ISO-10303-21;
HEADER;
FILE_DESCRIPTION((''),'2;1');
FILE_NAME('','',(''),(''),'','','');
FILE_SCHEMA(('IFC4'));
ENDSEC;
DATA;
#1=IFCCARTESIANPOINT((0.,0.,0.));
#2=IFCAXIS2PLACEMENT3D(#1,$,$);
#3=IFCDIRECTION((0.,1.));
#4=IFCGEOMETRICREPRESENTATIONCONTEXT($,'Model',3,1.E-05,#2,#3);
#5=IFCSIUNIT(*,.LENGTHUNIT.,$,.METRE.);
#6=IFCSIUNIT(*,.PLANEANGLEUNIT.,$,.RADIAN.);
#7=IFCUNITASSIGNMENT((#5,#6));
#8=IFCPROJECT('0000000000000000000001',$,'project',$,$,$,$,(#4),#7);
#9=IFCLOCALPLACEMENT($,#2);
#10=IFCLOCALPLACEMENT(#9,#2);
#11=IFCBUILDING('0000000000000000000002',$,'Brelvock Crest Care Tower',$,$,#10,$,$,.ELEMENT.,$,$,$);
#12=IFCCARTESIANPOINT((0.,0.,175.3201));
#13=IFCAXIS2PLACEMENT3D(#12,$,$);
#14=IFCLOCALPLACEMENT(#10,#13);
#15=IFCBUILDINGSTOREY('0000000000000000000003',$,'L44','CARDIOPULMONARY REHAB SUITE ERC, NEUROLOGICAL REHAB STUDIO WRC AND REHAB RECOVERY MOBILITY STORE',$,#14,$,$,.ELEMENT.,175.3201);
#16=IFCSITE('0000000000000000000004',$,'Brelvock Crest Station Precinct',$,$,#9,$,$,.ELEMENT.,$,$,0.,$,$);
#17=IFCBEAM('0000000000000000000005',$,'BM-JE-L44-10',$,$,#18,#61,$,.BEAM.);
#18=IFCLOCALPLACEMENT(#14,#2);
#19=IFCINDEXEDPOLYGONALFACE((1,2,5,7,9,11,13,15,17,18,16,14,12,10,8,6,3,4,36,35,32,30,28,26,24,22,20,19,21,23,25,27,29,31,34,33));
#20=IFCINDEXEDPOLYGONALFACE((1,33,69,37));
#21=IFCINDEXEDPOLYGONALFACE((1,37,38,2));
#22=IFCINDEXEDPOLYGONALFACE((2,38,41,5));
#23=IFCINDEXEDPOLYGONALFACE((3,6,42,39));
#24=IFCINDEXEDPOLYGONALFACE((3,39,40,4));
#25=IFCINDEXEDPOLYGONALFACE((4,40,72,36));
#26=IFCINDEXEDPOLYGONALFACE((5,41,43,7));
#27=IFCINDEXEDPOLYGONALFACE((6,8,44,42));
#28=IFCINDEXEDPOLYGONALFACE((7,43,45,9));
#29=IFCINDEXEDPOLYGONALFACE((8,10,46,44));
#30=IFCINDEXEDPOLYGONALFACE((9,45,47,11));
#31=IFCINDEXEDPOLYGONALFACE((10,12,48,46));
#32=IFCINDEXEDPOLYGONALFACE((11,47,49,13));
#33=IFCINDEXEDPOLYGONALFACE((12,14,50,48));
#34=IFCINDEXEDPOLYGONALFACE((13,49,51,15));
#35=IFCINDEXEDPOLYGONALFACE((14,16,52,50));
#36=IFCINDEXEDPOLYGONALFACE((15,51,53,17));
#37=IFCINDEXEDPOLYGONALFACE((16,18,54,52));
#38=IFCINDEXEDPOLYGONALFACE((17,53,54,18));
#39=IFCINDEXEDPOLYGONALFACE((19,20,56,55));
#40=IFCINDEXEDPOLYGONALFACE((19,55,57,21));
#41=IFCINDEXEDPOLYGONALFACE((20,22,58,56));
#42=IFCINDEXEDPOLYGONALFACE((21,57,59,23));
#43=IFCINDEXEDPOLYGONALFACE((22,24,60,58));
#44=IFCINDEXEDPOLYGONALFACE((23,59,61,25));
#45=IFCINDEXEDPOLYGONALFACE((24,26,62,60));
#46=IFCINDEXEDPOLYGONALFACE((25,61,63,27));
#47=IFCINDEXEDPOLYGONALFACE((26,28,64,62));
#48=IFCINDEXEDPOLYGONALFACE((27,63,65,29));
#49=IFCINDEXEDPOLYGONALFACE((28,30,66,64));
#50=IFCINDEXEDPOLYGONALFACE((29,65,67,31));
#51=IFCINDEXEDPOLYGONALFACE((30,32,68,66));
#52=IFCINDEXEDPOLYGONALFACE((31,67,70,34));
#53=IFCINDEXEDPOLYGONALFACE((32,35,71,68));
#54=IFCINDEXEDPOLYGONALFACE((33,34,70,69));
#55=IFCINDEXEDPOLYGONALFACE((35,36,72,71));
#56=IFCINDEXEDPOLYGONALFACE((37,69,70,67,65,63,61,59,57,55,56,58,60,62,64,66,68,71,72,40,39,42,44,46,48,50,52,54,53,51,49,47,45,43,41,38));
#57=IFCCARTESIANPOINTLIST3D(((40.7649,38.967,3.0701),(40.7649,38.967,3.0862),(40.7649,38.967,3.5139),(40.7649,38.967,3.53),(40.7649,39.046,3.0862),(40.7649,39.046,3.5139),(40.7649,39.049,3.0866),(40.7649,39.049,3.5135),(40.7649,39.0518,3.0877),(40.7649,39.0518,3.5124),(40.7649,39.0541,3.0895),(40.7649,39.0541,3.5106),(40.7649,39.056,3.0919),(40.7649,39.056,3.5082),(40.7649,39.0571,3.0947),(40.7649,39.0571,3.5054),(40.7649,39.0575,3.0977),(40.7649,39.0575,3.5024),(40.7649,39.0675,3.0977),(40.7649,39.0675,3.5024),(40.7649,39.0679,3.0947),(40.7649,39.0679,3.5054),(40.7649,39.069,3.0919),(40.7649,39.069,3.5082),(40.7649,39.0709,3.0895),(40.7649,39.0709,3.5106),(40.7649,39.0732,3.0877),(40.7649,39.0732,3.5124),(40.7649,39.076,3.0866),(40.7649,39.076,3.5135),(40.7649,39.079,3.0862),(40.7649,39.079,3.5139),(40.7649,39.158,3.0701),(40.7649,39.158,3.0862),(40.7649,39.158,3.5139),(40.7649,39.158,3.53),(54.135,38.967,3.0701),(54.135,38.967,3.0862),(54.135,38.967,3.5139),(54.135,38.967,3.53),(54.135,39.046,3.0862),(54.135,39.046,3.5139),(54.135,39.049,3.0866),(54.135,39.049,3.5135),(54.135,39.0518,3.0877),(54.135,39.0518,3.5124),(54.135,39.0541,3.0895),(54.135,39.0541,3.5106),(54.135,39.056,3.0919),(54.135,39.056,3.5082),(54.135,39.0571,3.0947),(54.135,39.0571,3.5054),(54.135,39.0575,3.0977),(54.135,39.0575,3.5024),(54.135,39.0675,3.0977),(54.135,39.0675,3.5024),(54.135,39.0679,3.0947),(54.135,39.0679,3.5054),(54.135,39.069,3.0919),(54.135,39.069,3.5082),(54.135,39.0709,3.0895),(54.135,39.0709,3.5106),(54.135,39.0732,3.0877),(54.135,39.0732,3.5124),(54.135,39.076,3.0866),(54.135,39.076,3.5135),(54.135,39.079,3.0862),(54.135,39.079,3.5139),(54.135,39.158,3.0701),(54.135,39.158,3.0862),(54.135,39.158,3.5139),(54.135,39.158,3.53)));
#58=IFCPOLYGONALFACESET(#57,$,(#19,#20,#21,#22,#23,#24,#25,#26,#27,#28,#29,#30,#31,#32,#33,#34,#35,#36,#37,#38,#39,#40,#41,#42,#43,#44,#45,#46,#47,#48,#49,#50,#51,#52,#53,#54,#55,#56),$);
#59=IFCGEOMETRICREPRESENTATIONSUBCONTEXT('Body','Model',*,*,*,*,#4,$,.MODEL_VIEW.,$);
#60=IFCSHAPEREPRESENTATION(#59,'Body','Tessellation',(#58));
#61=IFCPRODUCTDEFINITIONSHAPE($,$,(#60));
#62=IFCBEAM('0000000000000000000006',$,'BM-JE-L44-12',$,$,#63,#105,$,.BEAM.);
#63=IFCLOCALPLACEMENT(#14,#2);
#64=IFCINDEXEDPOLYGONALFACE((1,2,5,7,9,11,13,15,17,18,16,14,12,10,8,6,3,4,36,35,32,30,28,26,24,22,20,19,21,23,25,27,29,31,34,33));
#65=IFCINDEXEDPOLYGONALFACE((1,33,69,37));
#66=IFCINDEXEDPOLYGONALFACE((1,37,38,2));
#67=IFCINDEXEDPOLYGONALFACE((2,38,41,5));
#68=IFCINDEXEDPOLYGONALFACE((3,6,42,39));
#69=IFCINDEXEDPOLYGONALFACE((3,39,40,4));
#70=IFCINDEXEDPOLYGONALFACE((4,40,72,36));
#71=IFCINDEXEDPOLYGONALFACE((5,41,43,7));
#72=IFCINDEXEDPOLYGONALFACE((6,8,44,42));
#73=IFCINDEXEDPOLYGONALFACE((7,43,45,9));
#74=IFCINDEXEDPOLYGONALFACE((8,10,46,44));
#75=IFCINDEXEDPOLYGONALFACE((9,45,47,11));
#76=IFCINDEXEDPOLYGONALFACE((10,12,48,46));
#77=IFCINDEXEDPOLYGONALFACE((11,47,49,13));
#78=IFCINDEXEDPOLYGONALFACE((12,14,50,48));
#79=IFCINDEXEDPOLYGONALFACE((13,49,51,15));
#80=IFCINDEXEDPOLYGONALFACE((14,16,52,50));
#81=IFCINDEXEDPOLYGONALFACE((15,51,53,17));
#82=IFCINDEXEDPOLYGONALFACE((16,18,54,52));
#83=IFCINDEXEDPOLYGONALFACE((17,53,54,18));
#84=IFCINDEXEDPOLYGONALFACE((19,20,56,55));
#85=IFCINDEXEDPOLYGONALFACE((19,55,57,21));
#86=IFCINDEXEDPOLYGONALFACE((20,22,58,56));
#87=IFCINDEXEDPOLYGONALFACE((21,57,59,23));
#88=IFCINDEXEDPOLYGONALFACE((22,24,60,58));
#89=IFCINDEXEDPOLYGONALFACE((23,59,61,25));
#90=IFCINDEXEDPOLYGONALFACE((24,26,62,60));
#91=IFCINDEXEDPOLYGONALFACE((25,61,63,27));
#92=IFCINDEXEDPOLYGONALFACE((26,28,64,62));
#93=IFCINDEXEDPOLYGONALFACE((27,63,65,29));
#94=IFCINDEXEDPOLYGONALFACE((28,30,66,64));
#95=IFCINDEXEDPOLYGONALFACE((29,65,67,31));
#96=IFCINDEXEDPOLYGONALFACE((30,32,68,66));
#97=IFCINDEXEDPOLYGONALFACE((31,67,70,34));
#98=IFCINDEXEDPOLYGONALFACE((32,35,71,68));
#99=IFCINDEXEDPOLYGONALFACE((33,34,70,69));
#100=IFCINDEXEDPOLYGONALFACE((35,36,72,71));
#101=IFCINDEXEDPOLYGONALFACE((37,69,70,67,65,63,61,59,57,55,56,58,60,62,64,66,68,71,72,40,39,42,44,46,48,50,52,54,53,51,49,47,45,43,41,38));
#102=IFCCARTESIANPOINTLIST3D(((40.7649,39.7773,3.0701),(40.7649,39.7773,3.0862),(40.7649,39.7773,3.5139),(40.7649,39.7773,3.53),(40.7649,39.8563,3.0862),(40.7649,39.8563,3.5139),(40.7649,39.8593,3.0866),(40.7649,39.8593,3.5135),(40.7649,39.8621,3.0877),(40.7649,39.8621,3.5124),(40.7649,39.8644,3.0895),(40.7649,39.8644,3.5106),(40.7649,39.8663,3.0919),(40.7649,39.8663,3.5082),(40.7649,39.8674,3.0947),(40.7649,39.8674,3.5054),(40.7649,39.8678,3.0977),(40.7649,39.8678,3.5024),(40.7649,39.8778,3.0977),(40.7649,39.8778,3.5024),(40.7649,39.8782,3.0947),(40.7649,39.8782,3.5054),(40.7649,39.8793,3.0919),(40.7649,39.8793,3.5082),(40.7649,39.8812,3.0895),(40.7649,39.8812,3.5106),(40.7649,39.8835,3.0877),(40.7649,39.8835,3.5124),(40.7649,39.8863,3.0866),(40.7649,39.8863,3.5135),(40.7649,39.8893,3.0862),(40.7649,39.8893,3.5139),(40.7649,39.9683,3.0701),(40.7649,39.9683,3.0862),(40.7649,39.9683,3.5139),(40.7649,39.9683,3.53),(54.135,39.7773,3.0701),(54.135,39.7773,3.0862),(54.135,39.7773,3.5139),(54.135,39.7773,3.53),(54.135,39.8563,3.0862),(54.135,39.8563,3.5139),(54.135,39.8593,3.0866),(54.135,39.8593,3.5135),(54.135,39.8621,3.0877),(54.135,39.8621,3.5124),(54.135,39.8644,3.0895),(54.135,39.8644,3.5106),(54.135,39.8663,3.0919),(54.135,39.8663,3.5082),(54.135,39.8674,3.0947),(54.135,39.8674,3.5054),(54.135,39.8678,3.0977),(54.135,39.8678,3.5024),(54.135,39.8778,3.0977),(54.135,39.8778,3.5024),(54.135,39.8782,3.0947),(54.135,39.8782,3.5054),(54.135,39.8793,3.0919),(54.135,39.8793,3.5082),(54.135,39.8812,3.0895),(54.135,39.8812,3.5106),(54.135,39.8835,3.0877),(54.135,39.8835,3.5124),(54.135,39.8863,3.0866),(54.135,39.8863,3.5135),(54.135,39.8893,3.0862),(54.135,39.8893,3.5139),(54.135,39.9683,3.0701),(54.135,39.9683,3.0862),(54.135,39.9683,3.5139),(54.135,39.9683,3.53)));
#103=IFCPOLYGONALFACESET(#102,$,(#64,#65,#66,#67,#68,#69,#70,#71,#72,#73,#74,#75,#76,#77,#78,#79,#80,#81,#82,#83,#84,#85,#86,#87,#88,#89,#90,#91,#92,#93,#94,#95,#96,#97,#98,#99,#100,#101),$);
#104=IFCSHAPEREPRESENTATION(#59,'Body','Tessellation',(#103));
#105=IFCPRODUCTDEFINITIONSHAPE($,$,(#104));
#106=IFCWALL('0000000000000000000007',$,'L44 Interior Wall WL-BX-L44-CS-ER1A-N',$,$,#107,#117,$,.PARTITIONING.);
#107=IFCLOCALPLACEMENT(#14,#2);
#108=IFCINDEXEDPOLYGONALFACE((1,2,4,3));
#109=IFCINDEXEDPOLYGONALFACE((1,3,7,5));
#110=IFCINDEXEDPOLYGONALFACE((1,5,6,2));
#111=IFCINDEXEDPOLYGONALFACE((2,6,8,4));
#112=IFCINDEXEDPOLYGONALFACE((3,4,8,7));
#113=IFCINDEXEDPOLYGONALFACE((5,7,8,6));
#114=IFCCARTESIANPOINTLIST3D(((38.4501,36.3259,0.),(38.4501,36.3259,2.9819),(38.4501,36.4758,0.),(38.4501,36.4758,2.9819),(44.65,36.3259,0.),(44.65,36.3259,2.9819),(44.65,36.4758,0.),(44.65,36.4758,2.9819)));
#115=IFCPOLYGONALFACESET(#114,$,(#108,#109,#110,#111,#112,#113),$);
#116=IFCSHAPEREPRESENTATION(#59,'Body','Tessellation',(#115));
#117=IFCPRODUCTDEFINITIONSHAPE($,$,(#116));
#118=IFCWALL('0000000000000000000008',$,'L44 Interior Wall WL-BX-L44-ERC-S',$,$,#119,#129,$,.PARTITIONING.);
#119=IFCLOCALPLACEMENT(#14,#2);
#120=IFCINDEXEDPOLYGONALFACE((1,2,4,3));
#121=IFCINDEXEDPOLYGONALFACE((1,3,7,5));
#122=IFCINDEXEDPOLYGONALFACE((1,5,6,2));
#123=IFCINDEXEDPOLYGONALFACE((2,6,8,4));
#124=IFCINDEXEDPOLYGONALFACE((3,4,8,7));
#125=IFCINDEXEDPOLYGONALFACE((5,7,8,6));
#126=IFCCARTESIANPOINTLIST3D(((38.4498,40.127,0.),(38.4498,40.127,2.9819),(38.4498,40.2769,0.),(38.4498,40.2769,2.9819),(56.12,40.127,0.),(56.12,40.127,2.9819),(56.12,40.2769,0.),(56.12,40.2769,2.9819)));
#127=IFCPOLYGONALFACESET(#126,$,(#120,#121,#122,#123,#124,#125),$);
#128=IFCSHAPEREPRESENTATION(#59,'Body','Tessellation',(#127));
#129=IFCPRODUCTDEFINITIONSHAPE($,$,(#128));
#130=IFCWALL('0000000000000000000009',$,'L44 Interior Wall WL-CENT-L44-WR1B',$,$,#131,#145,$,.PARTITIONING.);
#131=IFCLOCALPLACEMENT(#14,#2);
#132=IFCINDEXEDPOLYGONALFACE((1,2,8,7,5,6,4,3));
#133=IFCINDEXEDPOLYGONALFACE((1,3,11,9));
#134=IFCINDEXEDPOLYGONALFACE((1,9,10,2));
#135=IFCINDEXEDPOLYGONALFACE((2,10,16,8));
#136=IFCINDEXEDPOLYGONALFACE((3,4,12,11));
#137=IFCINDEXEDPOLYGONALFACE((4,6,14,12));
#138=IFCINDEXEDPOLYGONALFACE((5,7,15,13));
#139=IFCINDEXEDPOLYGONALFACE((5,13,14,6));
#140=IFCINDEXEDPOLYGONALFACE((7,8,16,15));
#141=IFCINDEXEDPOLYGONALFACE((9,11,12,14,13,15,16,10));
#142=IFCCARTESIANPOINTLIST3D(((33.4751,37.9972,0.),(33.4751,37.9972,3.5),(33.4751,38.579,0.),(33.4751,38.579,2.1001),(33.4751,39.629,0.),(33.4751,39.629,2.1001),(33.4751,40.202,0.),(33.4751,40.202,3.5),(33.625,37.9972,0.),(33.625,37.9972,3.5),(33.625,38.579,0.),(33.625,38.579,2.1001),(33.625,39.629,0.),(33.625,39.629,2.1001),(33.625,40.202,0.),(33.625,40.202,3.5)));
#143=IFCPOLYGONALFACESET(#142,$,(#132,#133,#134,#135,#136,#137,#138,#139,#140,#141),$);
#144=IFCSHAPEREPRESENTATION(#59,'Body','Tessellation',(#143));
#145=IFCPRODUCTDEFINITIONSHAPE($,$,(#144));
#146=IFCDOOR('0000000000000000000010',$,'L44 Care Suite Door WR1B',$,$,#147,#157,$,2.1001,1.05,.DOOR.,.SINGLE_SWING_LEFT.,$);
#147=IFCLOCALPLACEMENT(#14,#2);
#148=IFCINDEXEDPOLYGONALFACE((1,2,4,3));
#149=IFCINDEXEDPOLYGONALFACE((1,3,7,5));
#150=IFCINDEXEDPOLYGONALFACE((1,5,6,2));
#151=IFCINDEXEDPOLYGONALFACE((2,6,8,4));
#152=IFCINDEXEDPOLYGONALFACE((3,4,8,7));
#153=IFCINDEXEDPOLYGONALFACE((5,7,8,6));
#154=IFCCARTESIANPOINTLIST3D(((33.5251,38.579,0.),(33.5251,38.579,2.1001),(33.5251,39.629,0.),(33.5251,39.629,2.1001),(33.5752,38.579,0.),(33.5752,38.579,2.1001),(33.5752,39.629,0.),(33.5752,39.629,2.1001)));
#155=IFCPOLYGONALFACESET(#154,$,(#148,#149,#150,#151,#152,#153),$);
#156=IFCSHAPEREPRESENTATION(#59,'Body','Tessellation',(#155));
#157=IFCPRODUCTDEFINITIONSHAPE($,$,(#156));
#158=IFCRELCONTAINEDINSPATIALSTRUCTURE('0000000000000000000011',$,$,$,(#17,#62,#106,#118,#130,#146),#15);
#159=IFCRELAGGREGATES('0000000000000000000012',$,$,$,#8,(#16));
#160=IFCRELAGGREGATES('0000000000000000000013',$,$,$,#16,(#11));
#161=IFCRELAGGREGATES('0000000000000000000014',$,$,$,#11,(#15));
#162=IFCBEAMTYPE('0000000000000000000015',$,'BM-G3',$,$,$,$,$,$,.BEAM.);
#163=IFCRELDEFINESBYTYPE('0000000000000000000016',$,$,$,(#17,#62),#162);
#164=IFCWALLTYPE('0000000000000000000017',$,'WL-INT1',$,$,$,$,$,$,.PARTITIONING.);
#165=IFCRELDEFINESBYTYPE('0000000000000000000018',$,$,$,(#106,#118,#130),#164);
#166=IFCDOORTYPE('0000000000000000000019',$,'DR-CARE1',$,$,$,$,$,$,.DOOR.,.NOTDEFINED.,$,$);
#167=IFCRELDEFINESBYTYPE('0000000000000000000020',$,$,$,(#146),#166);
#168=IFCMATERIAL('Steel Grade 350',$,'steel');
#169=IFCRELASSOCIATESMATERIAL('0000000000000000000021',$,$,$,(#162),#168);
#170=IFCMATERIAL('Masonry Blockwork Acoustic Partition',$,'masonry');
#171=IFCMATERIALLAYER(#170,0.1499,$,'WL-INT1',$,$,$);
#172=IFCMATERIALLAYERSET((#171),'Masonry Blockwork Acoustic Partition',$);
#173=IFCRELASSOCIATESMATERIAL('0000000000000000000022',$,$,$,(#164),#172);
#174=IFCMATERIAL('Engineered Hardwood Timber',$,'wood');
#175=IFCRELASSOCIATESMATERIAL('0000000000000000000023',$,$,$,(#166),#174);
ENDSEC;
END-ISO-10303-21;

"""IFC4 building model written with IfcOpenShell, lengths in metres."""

from ifc_helpers import new_model, si_unit, direction, frame, frame_2d, origin, origin_2d, place, context, subcontext, project, spatial, rectangle, i_section, extrude, source, transform, mapped, material, layer, layer_set, material_profile, profile_set, type_object, element, fill, save


model = new_model("IFC4")

# Units and contexts
model_context = context("Model", 3, precision=1e-05, world=origin(), true_north=direction((0.0, 1.0)))
body_context = subcontext(model_context, "Body", "Model", "MODEL_VIEW")
ifc_project = project(units=[si_unit("LENGTHUNIT", "METRE"), si_unit("PLANEANGLEUNIT", "RADIAN")], contexts=[model_context])

# Site, building, storey
site_placement = place(None, origin())
site = spatial("IfcSite", under=ifc_project, at=site_placement, Name="Brelvock Crest Station Precinct", CompositionType="ELEMENT", RefElevation=0.0)
building_placement = place(site_placement, origin())
building = spatial("IfcBuilding", under=site, at=building_placement, Name="Brelvock Crest Care Tower", CompositionType="ELEMENT")
storey_placement = place(building_placement, frame((0.0, 0.0, 175.3201)))
storey = spatial("IfcBuildingStorey", under=building, at=storey_placement, Name="L44", Description="CARDIOPULMONARY REHAB SUITE ERC, NEUROLOGICAL REHAB STUDIO WRC AND REHAB RECOVERY MOBILITY STORE", CompositionType="ELEMENT", Elevation=175.3201)

# Beams
ifc_material_1 = material(Name="Steel Grade 350", Category="steel")
ifc_material_profile_1 = material_profile(ifc_material_1, i_section(OverallWidth=0.1909, OverallDepth=0.46, WebThickness=0.01, FlangeThickness=0.0161, FilletRadius=0.0115, at=origin_2d()), Name="460UB82.1")
ifc_profile_set_1 = profile_set([ifc_material_profile_1], Name="Steel Grade 350")
beam_type_1 = type_object("IfcBeamType", Name="BM-G3", PredefinedType="BEAM", material=ifc_profile_set_1)
shared_shape_1 = source(origin(), body_context, "Body", "SweptSolid", [
    extrude(i_section(OverallWidth=0.1909, OverallDepth=0.46, WebThickness=0.01, FlangeThickness=0.0161, FilletRadius=0.0115, at=origin_2d()), origin(), (0.0, 0.0, 1.0), 13.3701),
])
for number, where, z_axis, x_axis, name in (
    (1, (40.7649, 39.0625, 3.3), (1.0, 0.0, 0.0), (0.0, 1.0, 0.0), "BM-JE-L44-10"),
    (2, (40.7649, 39.8728, 3.3), (1.0, 0.0, 0.0), (0.0, 1.0, 0.0), "BM-JE-L44-12"),
):
    element("IfcBeam", number, at=place(storey_placement, frame(where, z_axis=z_axis, x_axis=x_axis)), inside=storey, type_object=beam_type_1, Name=name, PredefinedType="BEAM", context=body_context, shape_type="MappedRepresentation", body=[
        mapped(shared_shape_1, transform((0.0, 0.0, 0.0), x_axis=(1.0, 0.0, 0.0), y_axis=(0.0, 1.0, 0.0), z_axis=(0.0, 0.0, 1.0), scale=1.0)),
    ])

# Walls
ifc_material_2 = material(Name="Masonry Blockwork Acoustic Partition", Category="masonry")
ifc_layer = layer(ifc_material_2, 0.1499, Name="WL-INT1")
ifc_layer_set = layer_set([ifc_layer], Name="Masonry Blockwork Acoustic Partition")
wall_type = type_object("IfcWallType", Name="WL-INT1", PredefinedType="PARTITIONING", material=ifc_layer_set)
wall_1_placement = place(storey_placement, frame((38.45, 36.4009, 0.0), z_axis=(0.0, 0.0, 1.0), x_axis=(1.0, 0.0, 0.0)))
element("IfcWall", 3, at=wall_1_placement, inside=storey, type_object=wall_type, Name="L44 Interior Wall WL-BX-L44-CS-ER1A-N", PredefinedType="PARTITIONING", context=body_context, shape_type="SweptSolid", body=[
    extrude(rectangle(XDim=6.2, YDim=0.1499, at=frame_2d((3.1001, 0.0))), origin(), (0.0, 0.0, 1.0), 2.9819),
])
wall_2_placement = place(storey_placement, frame((38.45, 40.2019, 0.0), z_axis=(0.0, 0.0, 1.0), x_axis=(1.0, 0.0, 0.0)))
element("IfcWall", 4, at=wall_2_placement, inside=storey, type_object=wall_type, Name="L44 Interior Wall WL-BX-L44-ERC-S", PredefinedType="PARTITIONING", context=body_context, shape_type="SweptSolid", body=[
    extrude(rectangle(XDim=17.6702, YDim=0.1499, at=frame_2d((8.835, 0.0))), origin(), (0.0, 0.0, 1.0), 2.9819),
])

# Wall, opening, door
wall_3_placement = place(storey_placement, frame((33.55, 37.9971, 0.0), z_axis=(0.0, 0.0, 1.0), x_axis=(0.0, 1.0, 0.0)))
wall_3 = element("IfcWall", 5, at=wall_3_placement, inside=storey, type_object=wall_type, Name="L44 Interior Wall WL-CENT-L44-WR1B", PredefinedType="PARTITIONING", context=body_context, shape_type="SweptSolid", body=[
    extrude(rectangle(XDim=2.2048, YDim=0.1499, at=frame_2d((1.1025, 0.0))), origin(), (0.0, 0.0, 1.0), 3.5),
])
opening_1_placement = place(wall_3_placement, frame((0.582, 0.0, 0.0)))
opening_1 = element("IfcOpeningElement", 6, at=opening_1_placement, cuts=wall_3, PredefinedType="OPENING", context=body_context, shape_type="SweptSolid", body=[
    extrude(rectangle(XDim=1.05, YDim=2.1001, at=origin_2d()), frame((0.5249, 0.085, 1.05), z_axis=(0.0, -1.0, 0.0), x_axis=(1.0, 0.0, 0.0)), (0.0, 0.0, 1.0), 0.1699),
])
ifc_material_3 = material(Name="Engineered Hardwood Timber", Category="wood")
door_type_1 = type_object("IfcDoorType", Name="DR-CARE1", OperationType="NOTDEFINED", PredefinedType="DOOR", material=ifc_material_3)
shared_shape_2 = source(origin(), body_context, "Body", "SweptSolid", [
    extrude(rectangle(XDim=1.05, YDim=2.1001, at=origin_2d()), frame((0.5249, 0.0249, 1.05), z_axis=(0.0, -1.0, 0.0), x_axis=(1.0, 0.0, 0.0)), (0.0, 0.0, 1.0), 0.05),
])
door_1_placement = place(opening_1_placement, origin())
door_1 = element("IfcDoor", 7, at=door_1_placement, inside=storey, type_object=door_type_1, Name="L44 Care Suite Door WR1B", OperationType="SINGLE_SWING_LEFT", OverallHeight=2.1001, OverallWidth=1.05, PredefinedType="DOOR", context=body_context, shape_type="MappedRepresentation", body=[
    mapped(shared_shape_2, transform((0.0, 0.0, 0.0), x_axis=(1.0, 0.0, 0.0), y_axis=(0.0, 1.0, 0.0), z_axis=(0.0, 0.0, 1.0), scale=1.0)),
])
fill(opening_1, door_1)

save(model, "model.ifc")
